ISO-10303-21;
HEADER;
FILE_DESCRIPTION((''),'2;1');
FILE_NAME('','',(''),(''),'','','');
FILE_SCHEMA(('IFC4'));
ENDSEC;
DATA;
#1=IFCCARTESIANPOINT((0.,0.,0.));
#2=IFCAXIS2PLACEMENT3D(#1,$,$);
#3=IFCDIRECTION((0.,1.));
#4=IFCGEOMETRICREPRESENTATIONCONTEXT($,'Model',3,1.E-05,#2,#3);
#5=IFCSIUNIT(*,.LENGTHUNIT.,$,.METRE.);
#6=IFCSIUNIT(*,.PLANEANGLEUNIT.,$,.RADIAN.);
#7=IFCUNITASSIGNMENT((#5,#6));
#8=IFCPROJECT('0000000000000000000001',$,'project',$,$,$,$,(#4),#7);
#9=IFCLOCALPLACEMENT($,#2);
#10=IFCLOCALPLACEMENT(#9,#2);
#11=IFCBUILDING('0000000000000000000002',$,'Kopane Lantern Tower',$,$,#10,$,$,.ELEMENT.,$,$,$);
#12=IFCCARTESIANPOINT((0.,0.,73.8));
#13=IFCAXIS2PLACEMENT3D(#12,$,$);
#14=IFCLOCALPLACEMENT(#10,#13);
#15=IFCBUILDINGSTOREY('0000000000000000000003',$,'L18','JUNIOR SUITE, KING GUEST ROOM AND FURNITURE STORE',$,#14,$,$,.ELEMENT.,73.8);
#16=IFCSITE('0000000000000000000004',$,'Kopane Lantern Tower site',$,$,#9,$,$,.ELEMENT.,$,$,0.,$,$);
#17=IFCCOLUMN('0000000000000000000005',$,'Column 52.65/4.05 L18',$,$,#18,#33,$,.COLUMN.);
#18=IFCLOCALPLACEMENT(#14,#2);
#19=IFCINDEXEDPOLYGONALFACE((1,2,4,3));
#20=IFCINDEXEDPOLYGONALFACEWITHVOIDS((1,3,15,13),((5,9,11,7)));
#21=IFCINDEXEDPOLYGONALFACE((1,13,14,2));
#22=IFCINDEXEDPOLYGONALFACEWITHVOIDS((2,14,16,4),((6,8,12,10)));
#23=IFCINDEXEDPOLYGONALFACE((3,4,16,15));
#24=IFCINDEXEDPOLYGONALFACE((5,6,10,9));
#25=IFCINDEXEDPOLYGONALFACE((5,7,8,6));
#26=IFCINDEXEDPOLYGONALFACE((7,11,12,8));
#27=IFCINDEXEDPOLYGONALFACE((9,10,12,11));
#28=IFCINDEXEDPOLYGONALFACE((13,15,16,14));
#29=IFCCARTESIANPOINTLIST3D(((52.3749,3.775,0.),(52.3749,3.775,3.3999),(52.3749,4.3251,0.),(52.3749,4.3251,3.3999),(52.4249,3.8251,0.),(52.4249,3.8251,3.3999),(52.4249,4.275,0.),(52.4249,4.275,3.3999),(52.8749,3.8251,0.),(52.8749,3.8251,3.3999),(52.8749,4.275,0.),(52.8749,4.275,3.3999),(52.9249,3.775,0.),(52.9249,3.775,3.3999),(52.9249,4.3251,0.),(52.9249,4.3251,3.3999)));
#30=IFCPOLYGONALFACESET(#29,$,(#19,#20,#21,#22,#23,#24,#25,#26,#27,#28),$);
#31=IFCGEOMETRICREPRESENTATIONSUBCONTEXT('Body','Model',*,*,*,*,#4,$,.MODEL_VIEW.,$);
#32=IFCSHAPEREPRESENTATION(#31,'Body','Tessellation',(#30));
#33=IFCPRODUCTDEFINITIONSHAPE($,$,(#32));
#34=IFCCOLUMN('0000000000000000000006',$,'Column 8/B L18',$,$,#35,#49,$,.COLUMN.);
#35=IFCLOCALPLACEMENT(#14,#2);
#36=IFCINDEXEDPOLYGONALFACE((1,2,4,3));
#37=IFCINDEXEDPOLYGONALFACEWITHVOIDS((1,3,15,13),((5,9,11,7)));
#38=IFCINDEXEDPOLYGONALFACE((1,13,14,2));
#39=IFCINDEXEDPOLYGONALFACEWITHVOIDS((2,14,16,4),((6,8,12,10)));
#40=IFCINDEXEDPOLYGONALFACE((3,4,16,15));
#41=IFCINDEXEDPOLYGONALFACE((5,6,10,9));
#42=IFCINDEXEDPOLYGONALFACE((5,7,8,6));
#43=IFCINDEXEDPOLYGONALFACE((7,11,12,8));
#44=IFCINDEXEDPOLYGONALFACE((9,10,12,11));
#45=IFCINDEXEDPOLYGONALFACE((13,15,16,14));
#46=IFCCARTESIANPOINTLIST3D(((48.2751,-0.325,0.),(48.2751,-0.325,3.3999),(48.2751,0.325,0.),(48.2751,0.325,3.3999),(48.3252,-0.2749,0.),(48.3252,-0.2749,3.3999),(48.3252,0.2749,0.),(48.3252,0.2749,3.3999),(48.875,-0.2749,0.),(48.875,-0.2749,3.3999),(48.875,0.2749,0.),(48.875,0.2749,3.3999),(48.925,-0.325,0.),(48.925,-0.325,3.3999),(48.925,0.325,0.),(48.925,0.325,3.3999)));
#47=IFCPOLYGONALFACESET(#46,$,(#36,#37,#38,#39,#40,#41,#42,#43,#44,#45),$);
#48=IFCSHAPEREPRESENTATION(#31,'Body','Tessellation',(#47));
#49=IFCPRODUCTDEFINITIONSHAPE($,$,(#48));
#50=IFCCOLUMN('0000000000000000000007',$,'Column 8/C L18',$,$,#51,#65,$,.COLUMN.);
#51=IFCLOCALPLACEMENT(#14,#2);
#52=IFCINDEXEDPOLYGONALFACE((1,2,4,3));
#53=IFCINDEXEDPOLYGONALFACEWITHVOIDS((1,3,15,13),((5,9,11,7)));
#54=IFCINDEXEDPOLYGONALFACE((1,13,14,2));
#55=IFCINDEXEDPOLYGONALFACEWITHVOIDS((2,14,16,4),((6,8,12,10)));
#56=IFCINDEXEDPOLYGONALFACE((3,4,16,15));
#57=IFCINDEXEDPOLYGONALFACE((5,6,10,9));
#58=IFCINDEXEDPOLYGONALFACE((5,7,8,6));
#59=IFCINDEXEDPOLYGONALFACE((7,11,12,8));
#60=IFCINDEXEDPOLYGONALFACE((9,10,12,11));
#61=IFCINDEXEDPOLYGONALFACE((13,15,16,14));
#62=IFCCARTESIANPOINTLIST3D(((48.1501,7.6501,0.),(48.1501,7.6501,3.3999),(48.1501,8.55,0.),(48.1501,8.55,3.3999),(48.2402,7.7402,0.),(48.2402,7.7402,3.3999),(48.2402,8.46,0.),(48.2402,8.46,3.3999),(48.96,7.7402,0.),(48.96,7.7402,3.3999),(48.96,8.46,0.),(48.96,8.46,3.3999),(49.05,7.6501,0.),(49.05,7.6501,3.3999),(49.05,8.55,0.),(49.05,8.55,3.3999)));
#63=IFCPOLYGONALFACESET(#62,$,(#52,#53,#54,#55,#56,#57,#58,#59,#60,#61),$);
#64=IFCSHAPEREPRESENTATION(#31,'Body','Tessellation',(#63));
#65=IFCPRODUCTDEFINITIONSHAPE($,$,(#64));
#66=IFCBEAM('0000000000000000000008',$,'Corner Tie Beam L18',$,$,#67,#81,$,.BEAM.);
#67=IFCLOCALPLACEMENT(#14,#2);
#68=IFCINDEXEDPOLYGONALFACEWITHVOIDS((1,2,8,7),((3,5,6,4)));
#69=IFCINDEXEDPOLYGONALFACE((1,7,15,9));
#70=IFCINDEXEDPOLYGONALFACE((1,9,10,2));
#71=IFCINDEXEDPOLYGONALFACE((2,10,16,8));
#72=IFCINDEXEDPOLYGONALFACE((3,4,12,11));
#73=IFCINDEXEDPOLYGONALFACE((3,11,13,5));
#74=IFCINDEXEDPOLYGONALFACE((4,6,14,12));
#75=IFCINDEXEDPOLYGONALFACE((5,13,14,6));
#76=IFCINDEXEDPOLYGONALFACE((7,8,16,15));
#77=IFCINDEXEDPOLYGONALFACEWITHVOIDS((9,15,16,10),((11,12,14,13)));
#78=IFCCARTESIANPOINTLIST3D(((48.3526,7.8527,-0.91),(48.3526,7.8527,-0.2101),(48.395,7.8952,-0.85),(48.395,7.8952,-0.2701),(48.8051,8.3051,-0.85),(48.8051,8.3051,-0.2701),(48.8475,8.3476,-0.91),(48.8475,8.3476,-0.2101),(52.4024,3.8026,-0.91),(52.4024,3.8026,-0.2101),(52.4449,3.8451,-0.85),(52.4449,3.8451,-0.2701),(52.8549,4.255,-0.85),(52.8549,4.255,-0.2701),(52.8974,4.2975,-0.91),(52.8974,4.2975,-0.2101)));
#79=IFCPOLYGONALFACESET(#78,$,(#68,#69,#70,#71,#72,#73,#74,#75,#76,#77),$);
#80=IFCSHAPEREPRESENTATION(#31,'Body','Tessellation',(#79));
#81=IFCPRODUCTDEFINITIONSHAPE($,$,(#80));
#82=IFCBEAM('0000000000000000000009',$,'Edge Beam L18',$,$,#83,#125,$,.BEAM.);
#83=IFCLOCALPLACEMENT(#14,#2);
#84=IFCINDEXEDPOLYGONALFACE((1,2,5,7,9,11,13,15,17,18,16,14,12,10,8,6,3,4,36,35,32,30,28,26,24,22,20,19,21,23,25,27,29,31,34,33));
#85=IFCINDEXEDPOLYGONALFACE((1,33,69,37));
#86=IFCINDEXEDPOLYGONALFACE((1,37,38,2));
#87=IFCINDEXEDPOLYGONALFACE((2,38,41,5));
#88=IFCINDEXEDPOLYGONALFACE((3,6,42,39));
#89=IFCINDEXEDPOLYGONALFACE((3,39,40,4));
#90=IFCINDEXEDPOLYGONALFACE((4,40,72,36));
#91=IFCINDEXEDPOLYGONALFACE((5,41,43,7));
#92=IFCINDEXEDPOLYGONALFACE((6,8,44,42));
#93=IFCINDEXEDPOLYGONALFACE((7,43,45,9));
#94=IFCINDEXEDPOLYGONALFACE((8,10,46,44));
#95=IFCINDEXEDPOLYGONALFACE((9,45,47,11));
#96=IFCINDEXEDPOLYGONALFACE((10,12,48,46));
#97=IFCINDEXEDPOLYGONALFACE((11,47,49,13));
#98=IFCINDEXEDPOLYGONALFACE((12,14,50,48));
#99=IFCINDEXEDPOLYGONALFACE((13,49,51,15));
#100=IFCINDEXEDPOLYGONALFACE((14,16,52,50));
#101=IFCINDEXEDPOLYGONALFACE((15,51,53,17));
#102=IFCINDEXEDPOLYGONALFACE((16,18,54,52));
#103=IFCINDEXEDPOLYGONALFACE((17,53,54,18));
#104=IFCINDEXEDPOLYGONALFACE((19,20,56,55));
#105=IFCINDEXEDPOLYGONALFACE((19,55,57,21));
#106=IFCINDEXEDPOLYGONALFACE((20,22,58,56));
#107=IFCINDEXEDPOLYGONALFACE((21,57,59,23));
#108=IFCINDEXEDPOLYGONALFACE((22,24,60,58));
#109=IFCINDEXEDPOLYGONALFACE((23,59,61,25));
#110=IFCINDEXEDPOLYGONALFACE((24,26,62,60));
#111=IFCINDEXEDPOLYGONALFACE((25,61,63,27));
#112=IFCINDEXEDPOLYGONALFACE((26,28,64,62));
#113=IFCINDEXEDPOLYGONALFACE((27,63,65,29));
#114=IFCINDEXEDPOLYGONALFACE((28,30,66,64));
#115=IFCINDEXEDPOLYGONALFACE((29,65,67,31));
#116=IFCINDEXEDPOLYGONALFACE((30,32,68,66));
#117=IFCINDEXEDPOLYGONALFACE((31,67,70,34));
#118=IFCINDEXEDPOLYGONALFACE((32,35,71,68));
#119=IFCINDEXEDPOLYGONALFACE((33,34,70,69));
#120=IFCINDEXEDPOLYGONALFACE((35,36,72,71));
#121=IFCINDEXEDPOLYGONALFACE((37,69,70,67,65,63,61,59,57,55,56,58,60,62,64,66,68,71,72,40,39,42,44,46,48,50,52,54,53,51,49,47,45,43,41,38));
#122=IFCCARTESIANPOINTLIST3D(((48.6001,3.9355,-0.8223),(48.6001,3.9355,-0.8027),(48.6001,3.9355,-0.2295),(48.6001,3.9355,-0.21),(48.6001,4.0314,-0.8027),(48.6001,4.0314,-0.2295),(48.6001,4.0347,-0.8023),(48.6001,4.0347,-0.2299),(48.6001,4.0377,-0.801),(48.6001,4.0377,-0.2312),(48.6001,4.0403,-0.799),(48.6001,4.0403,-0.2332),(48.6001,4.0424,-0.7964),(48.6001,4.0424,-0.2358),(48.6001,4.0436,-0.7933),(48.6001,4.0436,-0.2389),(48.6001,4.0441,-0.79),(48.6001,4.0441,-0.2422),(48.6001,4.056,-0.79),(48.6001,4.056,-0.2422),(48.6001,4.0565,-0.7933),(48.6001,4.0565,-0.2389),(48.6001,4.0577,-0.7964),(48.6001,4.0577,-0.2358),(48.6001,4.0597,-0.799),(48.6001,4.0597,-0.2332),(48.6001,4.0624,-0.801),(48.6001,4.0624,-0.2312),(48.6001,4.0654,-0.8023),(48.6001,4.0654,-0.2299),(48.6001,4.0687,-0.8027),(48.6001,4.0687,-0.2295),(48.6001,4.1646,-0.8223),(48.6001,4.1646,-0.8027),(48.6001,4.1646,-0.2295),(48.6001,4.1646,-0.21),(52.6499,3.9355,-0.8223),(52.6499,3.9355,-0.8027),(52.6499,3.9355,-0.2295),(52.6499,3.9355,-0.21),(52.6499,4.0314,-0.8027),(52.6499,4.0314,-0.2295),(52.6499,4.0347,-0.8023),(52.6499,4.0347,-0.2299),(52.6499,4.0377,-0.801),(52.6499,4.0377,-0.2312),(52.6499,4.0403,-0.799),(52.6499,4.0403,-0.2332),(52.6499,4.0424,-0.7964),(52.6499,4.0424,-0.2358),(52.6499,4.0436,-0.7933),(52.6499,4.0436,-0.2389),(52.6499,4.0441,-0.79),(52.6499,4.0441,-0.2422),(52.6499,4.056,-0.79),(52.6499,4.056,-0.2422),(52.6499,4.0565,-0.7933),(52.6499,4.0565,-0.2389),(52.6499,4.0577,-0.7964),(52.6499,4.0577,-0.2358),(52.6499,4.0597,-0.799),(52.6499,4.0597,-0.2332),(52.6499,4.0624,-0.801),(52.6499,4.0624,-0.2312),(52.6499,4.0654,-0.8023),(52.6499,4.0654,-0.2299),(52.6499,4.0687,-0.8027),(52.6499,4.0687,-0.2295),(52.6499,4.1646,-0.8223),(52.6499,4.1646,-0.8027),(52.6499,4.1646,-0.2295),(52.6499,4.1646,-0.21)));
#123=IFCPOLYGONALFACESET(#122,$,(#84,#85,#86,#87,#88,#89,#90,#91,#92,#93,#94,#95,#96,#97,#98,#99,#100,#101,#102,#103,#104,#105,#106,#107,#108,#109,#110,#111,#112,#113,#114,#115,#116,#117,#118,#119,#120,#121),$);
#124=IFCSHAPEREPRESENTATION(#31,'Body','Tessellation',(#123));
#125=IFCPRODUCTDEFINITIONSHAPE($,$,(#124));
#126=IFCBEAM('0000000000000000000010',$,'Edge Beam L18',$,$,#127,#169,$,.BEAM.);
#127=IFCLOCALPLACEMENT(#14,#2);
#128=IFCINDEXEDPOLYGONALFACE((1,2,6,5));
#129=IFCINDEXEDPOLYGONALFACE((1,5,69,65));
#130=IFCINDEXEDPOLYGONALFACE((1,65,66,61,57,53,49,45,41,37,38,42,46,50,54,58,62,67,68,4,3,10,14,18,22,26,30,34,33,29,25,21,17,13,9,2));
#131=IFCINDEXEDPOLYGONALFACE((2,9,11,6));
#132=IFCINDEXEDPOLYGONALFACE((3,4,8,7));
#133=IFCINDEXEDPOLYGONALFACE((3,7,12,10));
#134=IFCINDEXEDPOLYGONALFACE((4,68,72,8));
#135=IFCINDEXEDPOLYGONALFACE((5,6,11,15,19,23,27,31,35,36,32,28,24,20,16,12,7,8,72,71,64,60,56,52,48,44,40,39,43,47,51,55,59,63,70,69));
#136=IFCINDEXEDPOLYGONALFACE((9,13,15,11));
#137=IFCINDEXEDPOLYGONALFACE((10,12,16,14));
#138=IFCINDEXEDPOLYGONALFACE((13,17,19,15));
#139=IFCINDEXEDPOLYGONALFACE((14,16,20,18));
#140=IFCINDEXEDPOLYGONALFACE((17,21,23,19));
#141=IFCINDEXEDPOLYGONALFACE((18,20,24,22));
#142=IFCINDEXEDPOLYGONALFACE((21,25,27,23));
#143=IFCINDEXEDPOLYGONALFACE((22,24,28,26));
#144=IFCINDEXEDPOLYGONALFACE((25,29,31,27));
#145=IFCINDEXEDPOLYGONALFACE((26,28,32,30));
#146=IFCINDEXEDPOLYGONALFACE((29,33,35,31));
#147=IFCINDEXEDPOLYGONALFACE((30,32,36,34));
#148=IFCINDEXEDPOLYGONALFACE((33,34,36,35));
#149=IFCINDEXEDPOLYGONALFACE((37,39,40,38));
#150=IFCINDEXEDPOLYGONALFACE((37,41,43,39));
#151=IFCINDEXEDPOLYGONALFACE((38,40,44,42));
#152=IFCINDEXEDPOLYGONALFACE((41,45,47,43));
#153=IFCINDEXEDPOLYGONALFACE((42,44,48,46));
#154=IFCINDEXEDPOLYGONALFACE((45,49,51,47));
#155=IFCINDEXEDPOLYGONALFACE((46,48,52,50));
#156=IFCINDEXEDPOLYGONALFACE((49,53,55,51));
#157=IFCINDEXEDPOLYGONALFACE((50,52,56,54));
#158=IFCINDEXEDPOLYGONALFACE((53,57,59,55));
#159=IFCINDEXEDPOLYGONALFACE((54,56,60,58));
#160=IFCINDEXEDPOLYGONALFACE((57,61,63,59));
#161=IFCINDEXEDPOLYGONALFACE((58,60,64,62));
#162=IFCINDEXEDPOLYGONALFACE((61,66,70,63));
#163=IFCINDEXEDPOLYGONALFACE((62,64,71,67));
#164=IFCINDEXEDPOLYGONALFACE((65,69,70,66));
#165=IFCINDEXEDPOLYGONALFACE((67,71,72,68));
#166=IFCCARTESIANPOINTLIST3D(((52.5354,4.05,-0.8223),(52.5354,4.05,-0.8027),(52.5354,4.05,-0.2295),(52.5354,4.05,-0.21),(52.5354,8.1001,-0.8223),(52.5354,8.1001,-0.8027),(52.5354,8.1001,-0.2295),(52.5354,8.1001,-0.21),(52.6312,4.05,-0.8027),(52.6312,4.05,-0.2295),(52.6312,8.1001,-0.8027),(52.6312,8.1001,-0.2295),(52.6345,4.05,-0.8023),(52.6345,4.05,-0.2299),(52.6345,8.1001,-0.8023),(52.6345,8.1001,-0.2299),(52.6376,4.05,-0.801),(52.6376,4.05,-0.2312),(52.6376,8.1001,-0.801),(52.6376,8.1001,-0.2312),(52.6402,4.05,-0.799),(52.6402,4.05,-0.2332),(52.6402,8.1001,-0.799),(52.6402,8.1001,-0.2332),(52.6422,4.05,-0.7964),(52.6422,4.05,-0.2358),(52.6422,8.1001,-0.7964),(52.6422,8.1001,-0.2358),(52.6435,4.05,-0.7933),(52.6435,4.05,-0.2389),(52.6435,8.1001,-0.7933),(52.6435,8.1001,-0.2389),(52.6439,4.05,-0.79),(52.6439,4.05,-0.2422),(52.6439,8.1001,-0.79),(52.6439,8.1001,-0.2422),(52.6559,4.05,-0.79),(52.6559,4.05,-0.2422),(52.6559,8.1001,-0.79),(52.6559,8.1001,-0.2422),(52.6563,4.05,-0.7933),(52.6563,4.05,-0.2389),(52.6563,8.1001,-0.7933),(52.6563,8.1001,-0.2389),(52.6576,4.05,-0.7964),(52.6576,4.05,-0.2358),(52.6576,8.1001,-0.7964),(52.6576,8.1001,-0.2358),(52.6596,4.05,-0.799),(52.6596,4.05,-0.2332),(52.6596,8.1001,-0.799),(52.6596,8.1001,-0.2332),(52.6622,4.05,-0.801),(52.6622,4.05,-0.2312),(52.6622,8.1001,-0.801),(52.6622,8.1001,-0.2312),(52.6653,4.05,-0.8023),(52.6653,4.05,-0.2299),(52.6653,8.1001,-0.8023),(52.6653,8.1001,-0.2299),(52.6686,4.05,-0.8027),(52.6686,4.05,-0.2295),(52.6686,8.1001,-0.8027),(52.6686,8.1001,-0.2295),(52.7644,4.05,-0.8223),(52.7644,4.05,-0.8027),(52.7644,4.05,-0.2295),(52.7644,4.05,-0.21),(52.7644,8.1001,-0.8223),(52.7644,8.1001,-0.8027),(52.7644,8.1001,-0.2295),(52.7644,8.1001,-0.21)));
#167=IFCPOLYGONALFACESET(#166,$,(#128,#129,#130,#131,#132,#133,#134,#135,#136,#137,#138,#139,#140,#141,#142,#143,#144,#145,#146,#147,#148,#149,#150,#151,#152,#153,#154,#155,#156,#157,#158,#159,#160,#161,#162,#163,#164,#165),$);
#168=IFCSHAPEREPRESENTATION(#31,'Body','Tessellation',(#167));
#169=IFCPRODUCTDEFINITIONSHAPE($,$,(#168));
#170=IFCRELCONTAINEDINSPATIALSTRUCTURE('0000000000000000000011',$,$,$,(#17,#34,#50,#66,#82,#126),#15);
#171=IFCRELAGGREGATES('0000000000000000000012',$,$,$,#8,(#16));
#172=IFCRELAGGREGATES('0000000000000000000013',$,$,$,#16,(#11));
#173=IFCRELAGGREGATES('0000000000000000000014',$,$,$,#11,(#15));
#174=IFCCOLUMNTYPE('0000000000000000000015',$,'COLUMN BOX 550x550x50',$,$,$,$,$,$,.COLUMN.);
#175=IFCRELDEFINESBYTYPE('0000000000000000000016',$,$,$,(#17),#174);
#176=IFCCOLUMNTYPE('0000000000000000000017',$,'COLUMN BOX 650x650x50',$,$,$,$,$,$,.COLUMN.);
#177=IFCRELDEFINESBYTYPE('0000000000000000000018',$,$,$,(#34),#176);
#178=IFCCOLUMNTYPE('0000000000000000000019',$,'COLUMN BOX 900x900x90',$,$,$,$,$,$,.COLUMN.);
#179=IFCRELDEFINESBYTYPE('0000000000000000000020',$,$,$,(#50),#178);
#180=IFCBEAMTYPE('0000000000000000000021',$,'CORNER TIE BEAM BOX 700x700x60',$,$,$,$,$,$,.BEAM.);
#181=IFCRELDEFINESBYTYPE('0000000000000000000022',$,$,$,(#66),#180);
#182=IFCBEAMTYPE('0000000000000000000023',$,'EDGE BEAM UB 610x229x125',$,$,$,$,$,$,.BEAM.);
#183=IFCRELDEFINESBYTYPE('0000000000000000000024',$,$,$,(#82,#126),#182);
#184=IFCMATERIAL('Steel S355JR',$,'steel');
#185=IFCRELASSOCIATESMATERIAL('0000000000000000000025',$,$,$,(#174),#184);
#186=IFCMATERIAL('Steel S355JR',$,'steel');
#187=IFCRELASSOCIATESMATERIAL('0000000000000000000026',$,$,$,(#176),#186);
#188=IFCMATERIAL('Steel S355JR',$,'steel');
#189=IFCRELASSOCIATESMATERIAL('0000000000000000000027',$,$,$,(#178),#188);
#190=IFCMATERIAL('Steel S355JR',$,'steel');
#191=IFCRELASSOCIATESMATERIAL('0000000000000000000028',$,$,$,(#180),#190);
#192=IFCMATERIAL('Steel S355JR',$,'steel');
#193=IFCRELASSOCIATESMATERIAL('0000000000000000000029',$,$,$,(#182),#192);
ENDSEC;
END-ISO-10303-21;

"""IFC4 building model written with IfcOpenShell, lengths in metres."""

from ifc_helpers import new_model, si_unit, direction, frame, origin, origin_2d, place, context, subcontext, project, spatial, hollow_rectangle, i_section, extrude, material, material_profile, profile_set, type_object, element, save


model = new_model("IFC4")

# Units and contexts
model_context = context("Model", 3, precision=1e-05, world=origin(), true_north=direction((0.0, 1.0)))
body_context = subcontext(model_context, "Body", "Model", "MODEL_VIEW")
ifc_project = project(units=[si_unit("LENGTHUNIT", "METRE"), si_unit("PLANEANGLEUNIT", "RADIAN")], contexts=[model_context])

# Site, building, storey
site_placement = place(None, origin())
site = spatial("IfcSite", under=ifc_project, at=site_placement, Name="Kopane Lantern Tower site", CompositionType="ELEMENT", RefElevation=0.0)
building_placement = place(site_placement, origin())
building = spatial("IfcBuilding", under=site, at=building_placement, Name="Kopane Lantern Tower", CompositionType="ELEMENT")
storey_placement = place(building_placement, frame((0.0, 0.0, 73.8)))
storey = spatial("IfcBuildingStorey", under=building, at=storey_placement, Name="L18", Description="JUNIOR SUITE, KING GUEST ROOM AND FURNITURE STORE", CompositionType="ELEMENT", Elevation=73.8)

# Columns
ifc_material_1 = material(Name="Steel S355JR", Category="steel")
ifc_material_profile_1 = material_profile(ifc_material_1, hollow_rectangle(XDim=0.55, YDim=0.55, WallThickness=0.05, at=origin_2d()), Name="BOX 550x550x50")
ifc_profile_set_1 = profile_set([ifc_material_profile_1], Name="Steel S355JR")
column_type_1 = type_object("IfcColumnType", Name="COLUMN BOX 550x550x50", PredefinedType="COLUMN", material=ifc_profile_set_1)
column_1_placement = place(storey_placement, frame((52.6499, 4.05, 0.0), z_axis=(0.0, 0.0, 1.0), x_axis=(1.0, 0.0, 0.0)))
element("IfcColumn", 1, at=column_1_placement, inside=storey, type_object=column_type_1, Name="Column 52.65/4.05 L18", PredefinedType="COLUMN", context=body_context, shape_type="SweptSolid", body=[
    extrude(hollow_rectangle(XDim=0.55, YDim=0.55, WallThickness=0.05, at=origin_2d()), origin(), (0.0, 0.0, 1.0), 3.3999),
])
ifc_material_2 = material(Name="Steel S355JR", Category="steel")
ifc_material_profile_2 = material_profile(ifc_material_2, hollow_rectangle(XDim=0.6499, YDim=0.6499, WallThickness=0.05, at=origin_2d()), Name="BOX 650x650x50")
ifc_profile_set_2 = profile_set([ifc_material_profile_2], Name="Steel S355JR")
column_type_2 = type_object("IfcColumnType", Name="COLUMN BOX 650x650x50", PredefinedType="COLUMN", material=ifc_profile_set_2)
column_2_placement = place(storey_placement, frame((48.6001, 0.0, 0.0), z_axis=(0.0, 0.0, 1.0), x_axis=(1.0, 0.0, 0.0)))
element("IfcColumn", 2, at=column_2_placement, inside=storey, type_object=column_type_2, Name="Column 8/B L18", PredefinedType="COLUMN", context=body_context, shape_type="SweptSolid", body=[
    extrude(hollow_rectangle(XDim=0.6499, YDim=0.6499, WallThickness=0.05, at=origin_2d()), origin(), (0.0, 0.0, 1.0), 3.3999),
])
ifc_material_3 = material(Name="Steel S355JR", Category="steel")
ifc_material_profile_3 = material_profile(ifc_material_3, hollow_rectangle(XDim=0.8999, YDim=0.8999, WallThickness=0.0901, at=origin_2d()), Name="BOX 900x900x90")
ifc_profile_set_3 = profile_set([ifc_material_profile_3], Name="Steel S355JR")
column_type_3 = type_object("IfcColumnType", Name="COLUMN BOX 900x900x90", PredefinedType="COLUMN", material=ifc_profile_set_3)
column_3_placement = place(storey_placement, frame((48.6001, 8.1001, 0.0), z_axis=(0.0, 0.0, 1.0), x_axis=(1.0, 0.0, 0.0)))
element("IfcColumn", 3, at=column_3_placement, inside=storey, type_object=column_type_3, Name="Column 8/C L18", PredefinedType="COLUMN", context=body_context, shape_type="SweptSolid", body=[
    extrude(hollow_rectangle(XDim=0.8999, YDim=0.8999, WallThickness=0.0901, at=origin_2d()), origin(), (0.0, 0.0, 1.0), 3.3999),
])

# Beams
ifc_material_4 = material(Name="Steel S355JR", Category="steel")
ifc_material_profile_4 = material_profile(ifc_material_4, hollow_rectangle(XDim=0.7, YDim=0.7, WallThickness=0.0601, at=origin_2d()), Name="BOX 700x700x60")
ifc_profile_set_4 = profile_set([ifc_material_profile_4], Name="Steel S355JR")
beam_type_1 = type_object("IfcBeamType", Name="CORNER TIE BEAM BOX 700x700x60", PredefinedType="BEAM", material=ifc_profile_set_4)
beam_1_placement = place(storey_placement, frame((52.6499, 4.05, -0.5601), z_axis=(-0.707085, 0.707128, 0.0), x_axis=(-0.707128, -0.707085, 0.0)))
element("IfcBeam", 4, at=beam_1_placement, inside=storey, type_object=beam_type_1, Name="Corner Tie Beam L18", PredefinedType="BEAM", context=body_context, shape_type="SweptSolid", body=[
    extrude(hollow_rectangle(XDim=0.7, YDim=0.7, WallThickness=0.0601, at=origin_2d()), origin(), (0.0, 0.0, 1.0), 5.7275),
])
ifc_material_5 = material(Name="Steel S355JR", Category="steel")
ifc_material_profile_5 = material_profile(ifc_material_5, i_section(OverallWidth=0.229, OverallDepth=0.6123, WebThickness=0.012, FlangeThickness=0.0195, FilletRadius=0.0127, at=origin_2d()), Name="UB 610x229x125")
ifc_profile_set_5 = profile_set([ifc_material_profile_5], Name="Steel S355JR")
beam_type_2 = type_object("IfcBeamType", Name="EDGE BEAM UB 610x229x125", PredefinedType="BEAM", material=ifc_profile_set_5)
beam_2_placement = place(storey_placement, frame((52.6499, 4.05, -0.5161), z_axis=(-1.0, 0.0, 0.0), x_axis=(0.0, -1.0, 0.0)))
element("IfcBeam", 5, at=beam_2_placement, inside=storey, type_object=beam_type_2, Name="Edge Beam L18", PredefinedType="BEAM", context=body_context, shape_type="SweptSolid", body=[
    extrude(i_section(OverallWidth=0.229, OverallDepth=0.6123, WebThickness=0.012, FlangeThickness=0.0195, FilletRadius=0.0127, at=origin_2d()), origin(), (0.0, 0.0, 1.0), 4.0498),
])
beam_3_placement = place(storey_placement, frame((52.6499, 4.05, -0.5161), z_axis=(0.0, 1.0, 0.0), x_axis=(-1.0, 0.0, 0.0)))
element("IfcBeam", 6, at=beam_3_placement, inside=storey, type_object=beam_type_2, Name="Edge Beam L18", PredefinedType="BEAM", context=body_context, shape_type="SweptSolid", body=[
    extrude(i_section(OverallWidth=0.229, OverallDepth=0.6123, WebThickness=0.012, FlangeThickness=0.0195, FilletRadius=0.0127, at=origin_2d()), origin(), (0.0, 0.0, 1.0), 4.05),
])

save(model, "model.ifc")
